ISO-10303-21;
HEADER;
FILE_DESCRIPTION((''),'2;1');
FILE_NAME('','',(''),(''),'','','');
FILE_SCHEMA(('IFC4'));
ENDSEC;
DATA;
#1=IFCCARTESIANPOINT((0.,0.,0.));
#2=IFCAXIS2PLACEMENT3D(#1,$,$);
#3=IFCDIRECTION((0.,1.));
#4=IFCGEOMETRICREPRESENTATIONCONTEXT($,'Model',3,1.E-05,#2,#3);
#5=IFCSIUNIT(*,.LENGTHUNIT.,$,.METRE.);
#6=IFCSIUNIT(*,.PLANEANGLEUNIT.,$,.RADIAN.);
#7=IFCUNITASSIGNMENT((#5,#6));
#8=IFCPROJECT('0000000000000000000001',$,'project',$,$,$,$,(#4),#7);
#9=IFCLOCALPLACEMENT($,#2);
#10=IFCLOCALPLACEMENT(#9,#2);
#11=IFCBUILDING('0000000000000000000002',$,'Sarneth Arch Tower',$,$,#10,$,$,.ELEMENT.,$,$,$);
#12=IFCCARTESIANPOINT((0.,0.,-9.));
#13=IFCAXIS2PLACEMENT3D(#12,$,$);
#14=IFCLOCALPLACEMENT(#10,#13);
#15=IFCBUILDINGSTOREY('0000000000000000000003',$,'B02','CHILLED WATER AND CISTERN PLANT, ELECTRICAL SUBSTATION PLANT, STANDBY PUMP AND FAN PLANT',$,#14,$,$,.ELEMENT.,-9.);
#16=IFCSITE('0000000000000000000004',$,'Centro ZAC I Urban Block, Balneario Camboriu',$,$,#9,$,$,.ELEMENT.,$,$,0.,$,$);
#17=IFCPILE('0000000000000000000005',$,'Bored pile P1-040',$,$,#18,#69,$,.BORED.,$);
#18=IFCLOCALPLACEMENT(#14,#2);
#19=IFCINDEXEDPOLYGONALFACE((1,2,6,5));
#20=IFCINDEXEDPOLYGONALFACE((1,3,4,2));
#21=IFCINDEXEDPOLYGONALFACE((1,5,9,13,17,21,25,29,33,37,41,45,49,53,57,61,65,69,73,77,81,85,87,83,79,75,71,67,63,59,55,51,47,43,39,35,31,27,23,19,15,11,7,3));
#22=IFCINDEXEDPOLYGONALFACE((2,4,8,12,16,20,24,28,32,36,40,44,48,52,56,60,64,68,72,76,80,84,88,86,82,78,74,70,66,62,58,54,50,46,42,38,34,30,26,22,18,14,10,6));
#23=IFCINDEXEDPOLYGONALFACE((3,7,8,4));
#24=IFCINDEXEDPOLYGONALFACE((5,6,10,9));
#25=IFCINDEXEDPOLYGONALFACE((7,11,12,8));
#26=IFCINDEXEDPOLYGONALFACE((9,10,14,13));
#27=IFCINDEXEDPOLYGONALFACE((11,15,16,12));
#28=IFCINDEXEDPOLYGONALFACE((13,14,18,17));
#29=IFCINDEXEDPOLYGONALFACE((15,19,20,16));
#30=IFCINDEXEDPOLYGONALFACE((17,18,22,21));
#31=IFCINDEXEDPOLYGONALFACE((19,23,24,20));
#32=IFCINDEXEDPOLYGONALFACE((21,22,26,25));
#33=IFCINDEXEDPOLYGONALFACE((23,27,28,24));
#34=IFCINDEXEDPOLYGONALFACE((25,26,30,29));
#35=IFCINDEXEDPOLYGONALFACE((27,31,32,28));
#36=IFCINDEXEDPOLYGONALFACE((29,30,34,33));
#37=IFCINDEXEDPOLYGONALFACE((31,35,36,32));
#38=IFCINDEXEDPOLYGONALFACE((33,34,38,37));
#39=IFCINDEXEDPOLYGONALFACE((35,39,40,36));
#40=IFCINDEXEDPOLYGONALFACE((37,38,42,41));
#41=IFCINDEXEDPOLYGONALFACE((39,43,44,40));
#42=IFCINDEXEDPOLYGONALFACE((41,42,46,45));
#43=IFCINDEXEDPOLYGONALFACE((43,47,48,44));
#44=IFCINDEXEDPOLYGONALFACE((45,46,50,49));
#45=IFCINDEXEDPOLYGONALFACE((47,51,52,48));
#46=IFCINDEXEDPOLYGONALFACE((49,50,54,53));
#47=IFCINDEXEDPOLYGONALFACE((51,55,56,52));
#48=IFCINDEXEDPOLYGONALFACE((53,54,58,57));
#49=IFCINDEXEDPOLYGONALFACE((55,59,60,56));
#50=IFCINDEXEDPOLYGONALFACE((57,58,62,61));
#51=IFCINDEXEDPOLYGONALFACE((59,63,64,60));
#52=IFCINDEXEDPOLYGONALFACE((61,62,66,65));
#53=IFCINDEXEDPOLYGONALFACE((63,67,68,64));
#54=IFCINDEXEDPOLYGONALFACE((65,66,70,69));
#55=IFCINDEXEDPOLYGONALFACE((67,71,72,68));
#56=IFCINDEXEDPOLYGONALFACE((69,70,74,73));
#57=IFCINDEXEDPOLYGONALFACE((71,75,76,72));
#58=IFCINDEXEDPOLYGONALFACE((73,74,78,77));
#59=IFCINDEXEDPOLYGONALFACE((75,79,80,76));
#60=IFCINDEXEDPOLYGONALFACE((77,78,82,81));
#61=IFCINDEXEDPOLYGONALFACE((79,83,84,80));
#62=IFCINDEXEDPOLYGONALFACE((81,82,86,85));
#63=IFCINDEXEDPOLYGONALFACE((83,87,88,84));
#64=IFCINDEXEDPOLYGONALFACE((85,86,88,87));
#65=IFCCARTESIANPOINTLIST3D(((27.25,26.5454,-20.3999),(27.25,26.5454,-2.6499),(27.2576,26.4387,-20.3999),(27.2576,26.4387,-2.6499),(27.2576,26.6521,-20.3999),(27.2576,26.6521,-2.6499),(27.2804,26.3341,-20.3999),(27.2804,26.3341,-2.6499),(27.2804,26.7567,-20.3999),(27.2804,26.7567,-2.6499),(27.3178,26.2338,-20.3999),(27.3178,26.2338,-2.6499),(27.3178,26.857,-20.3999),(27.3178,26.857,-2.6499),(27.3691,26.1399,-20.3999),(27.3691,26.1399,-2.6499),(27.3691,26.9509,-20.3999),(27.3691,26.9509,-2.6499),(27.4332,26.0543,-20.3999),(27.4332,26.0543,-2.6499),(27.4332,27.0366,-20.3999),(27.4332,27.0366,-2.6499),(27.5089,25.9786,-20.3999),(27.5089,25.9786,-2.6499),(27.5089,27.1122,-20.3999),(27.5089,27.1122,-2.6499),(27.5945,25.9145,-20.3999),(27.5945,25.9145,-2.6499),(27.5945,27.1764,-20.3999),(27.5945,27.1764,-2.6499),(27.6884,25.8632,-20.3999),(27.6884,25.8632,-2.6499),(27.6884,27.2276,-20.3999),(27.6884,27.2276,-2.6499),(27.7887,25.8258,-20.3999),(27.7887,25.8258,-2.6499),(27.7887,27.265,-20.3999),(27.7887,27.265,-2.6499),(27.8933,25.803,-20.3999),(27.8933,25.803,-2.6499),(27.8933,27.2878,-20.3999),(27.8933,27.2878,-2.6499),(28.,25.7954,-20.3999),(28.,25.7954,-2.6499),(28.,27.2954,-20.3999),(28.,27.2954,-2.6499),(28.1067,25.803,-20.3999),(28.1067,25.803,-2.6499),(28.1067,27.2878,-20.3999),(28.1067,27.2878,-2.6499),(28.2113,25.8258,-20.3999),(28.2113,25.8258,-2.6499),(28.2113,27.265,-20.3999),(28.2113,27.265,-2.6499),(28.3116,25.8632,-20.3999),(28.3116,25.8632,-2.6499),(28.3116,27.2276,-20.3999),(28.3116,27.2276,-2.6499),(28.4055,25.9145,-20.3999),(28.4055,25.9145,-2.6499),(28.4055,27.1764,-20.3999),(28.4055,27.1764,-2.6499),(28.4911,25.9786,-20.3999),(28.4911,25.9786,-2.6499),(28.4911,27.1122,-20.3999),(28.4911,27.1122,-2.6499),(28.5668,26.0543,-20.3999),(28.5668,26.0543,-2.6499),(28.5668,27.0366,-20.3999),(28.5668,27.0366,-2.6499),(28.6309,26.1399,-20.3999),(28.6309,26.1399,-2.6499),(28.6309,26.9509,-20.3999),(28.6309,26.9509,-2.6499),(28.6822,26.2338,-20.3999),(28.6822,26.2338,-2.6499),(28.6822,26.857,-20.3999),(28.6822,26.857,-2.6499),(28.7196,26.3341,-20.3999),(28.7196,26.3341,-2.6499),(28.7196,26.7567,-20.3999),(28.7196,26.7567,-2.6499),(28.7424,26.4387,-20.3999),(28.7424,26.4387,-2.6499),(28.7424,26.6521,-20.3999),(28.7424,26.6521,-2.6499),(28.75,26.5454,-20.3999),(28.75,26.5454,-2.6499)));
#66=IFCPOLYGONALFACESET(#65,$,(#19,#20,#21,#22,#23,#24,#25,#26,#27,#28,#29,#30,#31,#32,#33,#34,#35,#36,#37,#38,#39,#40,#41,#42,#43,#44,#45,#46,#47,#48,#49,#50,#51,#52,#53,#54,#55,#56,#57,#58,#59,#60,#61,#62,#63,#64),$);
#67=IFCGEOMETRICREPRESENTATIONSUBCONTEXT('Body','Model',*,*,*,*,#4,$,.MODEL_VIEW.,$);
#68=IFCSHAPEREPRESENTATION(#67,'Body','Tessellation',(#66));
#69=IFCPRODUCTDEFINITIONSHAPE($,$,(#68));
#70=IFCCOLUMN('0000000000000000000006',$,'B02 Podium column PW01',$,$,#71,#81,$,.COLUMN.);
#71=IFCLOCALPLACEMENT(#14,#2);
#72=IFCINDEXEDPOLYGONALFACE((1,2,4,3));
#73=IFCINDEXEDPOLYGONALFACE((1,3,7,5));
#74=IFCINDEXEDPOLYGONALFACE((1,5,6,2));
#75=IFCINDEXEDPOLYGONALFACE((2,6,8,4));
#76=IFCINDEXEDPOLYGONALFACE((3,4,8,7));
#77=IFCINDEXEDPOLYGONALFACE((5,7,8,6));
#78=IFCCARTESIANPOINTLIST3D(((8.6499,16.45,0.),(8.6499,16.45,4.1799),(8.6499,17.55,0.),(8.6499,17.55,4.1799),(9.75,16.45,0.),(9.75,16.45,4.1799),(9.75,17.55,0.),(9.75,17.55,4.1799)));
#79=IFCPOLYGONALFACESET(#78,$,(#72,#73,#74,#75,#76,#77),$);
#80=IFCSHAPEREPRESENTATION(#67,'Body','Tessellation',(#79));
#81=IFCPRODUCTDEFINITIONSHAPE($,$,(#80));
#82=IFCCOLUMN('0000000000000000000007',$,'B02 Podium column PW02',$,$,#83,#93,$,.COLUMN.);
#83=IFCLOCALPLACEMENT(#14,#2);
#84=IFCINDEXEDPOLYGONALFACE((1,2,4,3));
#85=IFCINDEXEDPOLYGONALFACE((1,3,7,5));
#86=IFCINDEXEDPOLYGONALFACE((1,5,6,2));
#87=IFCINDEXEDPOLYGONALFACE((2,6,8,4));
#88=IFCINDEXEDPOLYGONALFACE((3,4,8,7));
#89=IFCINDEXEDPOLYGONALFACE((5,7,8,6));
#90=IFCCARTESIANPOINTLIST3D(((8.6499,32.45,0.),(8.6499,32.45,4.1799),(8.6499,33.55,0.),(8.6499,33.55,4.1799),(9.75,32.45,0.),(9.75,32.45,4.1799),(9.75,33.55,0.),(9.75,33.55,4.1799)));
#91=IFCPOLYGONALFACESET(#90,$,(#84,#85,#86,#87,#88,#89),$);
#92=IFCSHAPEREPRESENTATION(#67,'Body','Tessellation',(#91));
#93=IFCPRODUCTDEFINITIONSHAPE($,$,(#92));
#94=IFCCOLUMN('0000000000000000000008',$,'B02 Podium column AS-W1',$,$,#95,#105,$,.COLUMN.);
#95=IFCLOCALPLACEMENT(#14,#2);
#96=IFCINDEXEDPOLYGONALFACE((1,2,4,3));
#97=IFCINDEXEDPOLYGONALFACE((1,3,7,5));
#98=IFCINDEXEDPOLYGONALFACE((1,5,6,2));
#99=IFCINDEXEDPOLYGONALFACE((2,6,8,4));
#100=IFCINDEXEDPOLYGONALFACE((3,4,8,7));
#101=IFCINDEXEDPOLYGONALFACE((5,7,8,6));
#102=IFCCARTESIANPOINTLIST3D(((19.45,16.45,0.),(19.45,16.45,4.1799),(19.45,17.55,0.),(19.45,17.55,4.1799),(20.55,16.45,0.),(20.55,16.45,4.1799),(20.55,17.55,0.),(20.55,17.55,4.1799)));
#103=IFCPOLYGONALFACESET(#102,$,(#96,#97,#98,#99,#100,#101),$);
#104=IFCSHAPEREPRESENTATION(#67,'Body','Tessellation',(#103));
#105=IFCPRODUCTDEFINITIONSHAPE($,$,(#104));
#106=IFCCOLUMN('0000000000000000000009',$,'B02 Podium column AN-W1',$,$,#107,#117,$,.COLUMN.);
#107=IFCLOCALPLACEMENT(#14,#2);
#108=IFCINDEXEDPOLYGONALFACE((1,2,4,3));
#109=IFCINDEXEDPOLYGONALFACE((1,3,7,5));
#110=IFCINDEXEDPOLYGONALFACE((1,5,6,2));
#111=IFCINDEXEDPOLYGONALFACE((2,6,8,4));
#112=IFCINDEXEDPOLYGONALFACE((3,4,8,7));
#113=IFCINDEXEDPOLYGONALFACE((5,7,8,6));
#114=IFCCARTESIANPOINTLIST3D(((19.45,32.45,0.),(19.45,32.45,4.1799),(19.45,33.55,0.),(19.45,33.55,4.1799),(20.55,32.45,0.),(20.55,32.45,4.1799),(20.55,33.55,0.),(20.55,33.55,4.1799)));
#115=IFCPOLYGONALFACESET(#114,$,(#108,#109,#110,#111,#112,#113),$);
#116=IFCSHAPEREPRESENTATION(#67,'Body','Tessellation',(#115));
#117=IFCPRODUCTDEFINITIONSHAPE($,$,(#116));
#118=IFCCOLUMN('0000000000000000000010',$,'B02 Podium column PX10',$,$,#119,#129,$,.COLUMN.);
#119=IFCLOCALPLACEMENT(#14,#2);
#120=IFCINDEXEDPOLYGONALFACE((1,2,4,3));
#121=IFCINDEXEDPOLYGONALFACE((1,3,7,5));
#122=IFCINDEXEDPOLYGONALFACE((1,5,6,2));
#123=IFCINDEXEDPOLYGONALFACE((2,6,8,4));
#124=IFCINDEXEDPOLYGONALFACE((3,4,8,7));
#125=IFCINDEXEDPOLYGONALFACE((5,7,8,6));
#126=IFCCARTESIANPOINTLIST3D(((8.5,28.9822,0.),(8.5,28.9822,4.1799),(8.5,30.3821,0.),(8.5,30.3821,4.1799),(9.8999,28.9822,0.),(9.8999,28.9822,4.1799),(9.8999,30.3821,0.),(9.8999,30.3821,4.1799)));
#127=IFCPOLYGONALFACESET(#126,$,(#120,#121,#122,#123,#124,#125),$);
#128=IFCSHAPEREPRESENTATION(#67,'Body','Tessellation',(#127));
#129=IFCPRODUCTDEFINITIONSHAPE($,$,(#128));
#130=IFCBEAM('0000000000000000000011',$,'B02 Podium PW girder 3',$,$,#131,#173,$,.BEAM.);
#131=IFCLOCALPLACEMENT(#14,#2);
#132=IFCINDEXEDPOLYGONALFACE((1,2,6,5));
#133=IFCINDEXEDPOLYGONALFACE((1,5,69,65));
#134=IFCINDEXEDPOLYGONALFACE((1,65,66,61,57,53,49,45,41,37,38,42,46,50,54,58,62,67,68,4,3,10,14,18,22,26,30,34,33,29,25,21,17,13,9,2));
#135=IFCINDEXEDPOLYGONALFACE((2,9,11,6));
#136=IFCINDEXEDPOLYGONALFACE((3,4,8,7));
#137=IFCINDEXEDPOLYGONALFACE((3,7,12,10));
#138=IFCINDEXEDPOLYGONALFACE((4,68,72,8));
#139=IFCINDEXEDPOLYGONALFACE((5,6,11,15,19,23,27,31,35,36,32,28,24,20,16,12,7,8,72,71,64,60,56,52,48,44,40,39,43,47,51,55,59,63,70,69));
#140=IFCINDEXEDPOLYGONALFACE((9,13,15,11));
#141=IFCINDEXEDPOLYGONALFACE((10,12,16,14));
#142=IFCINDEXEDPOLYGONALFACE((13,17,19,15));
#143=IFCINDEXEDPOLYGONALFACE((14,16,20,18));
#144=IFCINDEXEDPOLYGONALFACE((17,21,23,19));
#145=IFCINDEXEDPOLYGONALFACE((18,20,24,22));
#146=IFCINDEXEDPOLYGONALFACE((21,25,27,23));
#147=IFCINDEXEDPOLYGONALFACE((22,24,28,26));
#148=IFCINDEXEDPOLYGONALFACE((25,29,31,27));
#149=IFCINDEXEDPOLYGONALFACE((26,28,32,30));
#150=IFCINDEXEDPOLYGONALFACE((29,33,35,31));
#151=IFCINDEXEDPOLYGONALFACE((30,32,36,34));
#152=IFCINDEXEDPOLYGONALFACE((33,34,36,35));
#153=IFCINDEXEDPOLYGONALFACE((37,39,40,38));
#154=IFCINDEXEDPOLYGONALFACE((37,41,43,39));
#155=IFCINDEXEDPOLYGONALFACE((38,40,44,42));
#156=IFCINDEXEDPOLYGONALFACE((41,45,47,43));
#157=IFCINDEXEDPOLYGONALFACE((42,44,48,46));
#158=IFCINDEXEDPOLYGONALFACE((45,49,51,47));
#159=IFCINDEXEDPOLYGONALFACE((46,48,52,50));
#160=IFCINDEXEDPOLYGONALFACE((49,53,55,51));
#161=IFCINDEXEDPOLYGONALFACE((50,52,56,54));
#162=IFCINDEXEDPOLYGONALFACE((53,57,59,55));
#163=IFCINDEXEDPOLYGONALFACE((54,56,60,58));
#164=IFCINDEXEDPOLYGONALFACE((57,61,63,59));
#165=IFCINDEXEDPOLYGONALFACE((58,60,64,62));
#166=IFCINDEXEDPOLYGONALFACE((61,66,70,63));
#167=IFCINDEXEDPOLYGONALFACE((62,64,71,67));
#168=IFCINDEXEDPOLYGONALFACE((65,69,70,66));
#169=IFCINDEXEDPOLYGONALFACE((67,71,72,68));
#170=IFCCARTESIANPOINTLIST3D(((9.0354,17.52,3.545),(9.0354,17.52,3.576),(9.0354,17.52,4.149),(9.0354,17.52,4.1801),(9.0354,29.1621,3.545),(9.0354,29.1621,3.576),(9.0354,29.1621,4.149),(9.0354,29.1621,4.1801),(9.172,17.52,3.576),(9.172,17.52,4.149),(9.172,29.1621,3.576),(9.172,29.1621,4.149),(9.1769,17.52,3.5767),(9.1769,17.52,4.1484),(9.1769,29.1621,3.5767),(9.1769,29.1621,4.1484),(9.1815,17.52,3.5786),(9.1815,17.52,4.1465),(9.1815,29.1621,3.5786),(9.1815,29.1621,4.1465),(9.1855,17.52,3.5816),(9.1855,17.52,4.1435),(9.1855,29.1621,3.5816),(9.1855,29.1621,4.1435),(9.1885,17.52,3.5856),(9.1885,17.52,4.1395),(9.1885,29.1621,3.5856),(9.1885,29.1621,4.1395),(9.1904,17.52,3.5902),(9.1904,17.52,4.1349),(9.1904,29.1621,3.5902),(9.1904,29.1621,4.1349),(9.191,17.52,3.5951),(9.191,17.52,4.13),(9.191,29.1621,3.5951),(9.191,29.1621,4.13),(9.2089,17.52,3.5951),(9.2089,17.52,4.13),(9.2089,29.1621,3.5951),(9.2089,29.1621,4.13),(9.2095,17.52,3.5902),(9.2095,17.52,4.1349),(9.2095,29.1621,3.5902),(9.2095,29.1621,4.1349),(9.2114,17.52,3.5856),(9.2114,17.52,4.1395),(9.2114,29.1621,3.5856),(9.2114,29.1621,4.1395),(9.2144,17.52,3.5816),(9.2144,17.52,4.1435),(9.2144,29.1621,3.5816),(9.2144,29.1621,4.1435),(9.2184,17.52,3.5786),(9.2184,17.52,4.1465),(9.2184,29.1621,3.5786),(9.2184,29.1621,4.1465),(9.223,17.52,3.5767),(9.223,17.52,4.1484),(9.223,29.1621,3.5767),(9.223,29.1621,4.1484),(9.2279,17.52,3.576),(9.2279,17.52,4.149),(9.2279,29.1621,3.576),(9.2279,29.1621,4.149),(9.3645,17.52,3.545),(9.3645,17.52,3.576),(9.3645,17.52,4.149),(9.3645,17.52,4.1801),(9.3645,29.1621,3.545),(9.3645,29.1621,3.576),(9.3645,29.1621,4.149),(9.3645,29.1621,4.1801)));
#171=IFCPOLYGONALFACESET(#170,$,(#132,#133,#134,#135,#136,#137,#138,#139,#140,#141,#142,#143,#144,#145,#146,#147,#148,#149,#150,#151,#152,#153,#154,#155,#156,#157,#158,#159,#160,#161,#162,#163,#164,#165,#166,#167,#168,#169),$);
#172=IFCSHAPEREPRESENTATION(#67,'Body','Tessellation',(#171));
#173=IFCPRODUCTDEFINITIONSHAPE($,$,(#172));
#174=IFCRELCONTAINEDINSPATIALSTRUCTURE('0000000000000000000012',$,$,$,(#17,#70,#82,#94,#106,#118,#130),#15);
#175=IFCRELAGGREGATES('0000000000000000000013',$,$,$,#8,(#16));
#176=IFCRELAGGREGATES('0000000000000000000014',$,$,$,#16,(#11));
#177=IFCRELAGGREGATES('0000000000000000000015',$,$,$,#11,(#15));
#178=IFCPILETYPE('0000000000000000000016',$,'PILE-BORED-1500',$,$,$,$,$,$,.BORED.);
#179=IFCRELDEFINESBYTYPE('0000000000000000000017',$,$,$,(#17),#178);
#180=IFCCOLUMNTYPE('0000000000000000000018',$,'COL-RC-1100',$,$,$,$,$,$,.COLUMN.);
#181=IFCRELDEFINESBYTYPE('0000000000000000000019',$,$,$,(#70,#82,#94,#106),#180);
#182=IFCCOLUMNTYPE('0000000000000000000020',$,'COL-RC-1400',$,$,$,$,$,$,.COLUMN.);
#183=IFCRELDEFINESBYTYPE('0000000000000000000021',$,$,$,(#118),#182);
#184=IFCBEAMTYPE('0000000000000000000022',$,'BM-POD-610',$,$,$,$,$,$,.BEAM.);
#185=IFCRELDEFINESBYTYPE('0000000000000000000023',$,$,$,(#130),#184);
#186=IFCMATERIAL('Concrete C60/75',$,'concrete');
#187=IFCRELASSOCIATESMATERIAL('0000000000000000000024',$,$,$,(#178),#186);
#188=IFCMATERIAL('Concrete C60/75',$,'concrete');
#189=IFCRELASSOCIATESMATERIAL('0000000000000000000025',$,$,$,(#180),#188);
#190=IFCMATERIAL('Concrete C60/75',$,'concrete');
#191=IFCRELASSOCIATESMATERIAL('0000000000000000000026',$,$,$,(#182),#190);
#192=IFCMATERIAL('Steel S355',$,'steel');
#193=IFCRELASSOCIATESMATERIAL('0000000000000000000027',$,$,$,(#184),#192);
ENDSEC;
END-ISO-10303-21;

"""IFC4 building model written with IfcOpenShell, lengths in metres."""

from ifc_helpers import new_model, si_unit, direction, frame, origin, origin_2d, place, context, subcontext, project, spatial, rectangle, circle, i_section, extrude, material, material_profile, profile_set, type_object, element, save


model = new_model("IFC4")

# Units and contexts
model_context = context("Model", 3, precision=1e-05, world=origin(), true_north=direction((0.0, 1.0)))
body_context = subcontext(model_context, "Body", "Model", "MODEL_VIEW")
ifc_project = project(units=[si_unit("LENGTHUNIT", "METRE"), si_unit("PLANEANGLEUNIT", "RADIAN")], contexts=[model_context])

# Site, building, storey
site_placement = place(None, origin())
site = spatial("IfcSite", under=ifc_project, at=site_placement, Name="Centro ZAC I Urban Block, Balneario Camboriu", CompositionType="ELEMENT", RefElevation=0.0)
building_placement = place(site_placement, origin())
building = spatial("IfcBuilding", under=site, at=building_placement, Name="Sarneth Arch Tower", CompositionType="ELEMENT")
storey_placement = place(building_placement, frame((0.0, 0.0, -9.0)))
storey = spatial("IfcBuildingStorey", under=building, at=storey_placement, Name="B02", Description="CHILLED WATER AND CISTERN PLANT, ELECTRICAL SUBSTATION PLANT, STANDBY PUMP AND FAN PLANT", CompositionType="ELEMENT", Elevation=-9.0)

# Pile
ifc_material_1 = material(Name="Concrete C60/75", Category="concrete")
ifc_material_profile_1 = material_profile(ifc_material_1, circle(Radius=0.75, at=origin_2d()), Name="PILE-D1500")
ifc_profile_set_1 = profile_set([ifc_material_profile_1], Name="Concrete C60/75")
pile_type_1 = type_object("IfcPileType", Name="PILE-BORED-1500", PredefinedType="BORED", material=ifc_profile_set_1)
for number, where, z_axis, x_axis, name in (
    (1, (28.0, 26.5454, -2.6499), (0.0, 0.0, -1.0), (1.0, 0.0, 0.0), "Bored pile P1-040"),
):
    element("IfcPile", number, at=place(storey_placement, frame(where, z_axis=z_axis, x_axis=x_axis)), inside=storey, type_object=pile_type_1, Name=name, PredefinedType="BORED", context=body_context, shape_type="SweptSolid", body=[
        extrude(circle(Radius=0.75, at=origin_2d()), origin(), (0.0, 0.0, 1.0), 17.75),
    ])

# Columns
ifc_material_2 = material(Name="Concrete C60/75", Category="concrete")
ifc_material_profile_2 = material_profile(ifc_material_2, rectangle(XDim=1.1001, YDim=1.1001, at=origin_2d()), Name="RC-1100x1100")
ifc_profile_set_2 = profile_set([ifc_material_profile_2], Name="Concrete C60/75")
column_type_1 = type_object("IfcColumnType", Name="COL-RC-1100", PredefinedType="COLUMN", material=ifc_profile_set_2)
for number, where, z_axis, x_axis, name in (
    (2, (9.2, 17.0, 0.0), (0.0, 0.0, 1.0), (1.0, 0.0, 0.0), "B02 Podium column PW01"),
    (3, (9.2, 33.0, 0.0), (0.0, 0.0, 1.0), (1.0, 0.0, 0.0), "B02 Podium column PW02"),
    (4, (20.0, 17.0, 0.0), (0.0, 0.0, 1.0), (1.0, 0.0, 0.0), "B02 Podium column AS-W1"),
    (5, (20.0, 33.0, 0.0), (0.0, 0.0, 1.0), (1.0, 0.0, 0.0), "B02 Podium column AN-W1"),
):
    element("IfcColumn", number, at=place(storey_placement, frame(where, z_axis=z_axis, x_axis=x_axis)), inside=storey, type_object=column_type_1, Name=name, PredefinedType="COLUMN", context=body_context, shape_type="SweptSolid", body=[
        extrude(rectangle(XDim=1.1001, YDim=1.1001, at=origin_2d()), origin(), (0.0, 0.0, 1.0), 4.1799),
    ])
ifc_material_3 = material(Name="Concrete C60/75", Category="concrete")
ifc_material_profile_3 = material_profile(ifc_material_3, rectangle(XDim=1.3999, YDim=1.3999, at=origin_2d()), Name="RC-1400x1400")
ifc_profile_set_3 = profile_set([ifc_material_profile_3], Name="Concrete C60/75")
column_type_2 = type_object("IfcColumnType", Name="COL-RC-1400", PredefinedType="COLUMN", material=ifc_profile_set_3)
column_placement = place(storey_placement, frame((9.2, 29.6821, 0.0), z_axis=(0.0, 0.0, 1.0), x_axis=(1.0, 0.0, 0.0)))
element("IfcColumn", 6, at=column_placement, inside=storey, type_object=column_type_2, Name="B02 Podium column PX10", PredefinedType="COLUMN", context=body_context, shape_type="SweptSolid", body=[
    extrude(rectangle(XDim=1.3999, YDim=1.3999, at=origin_2d()), origin(), (0.0, 0.0, 1.0), 4.1799),
])

# Beam
ifc_material_4 = material(Name="Steel S355", Category="steel")
ifc_material_profile_4 = material_profile(ifc_material_4, i_section(OverallWidth=0.3291, OverallDepth=0.635, WebThickness=0.0178, FlangeThickness=0.031, FilletRadius=0.019, at=origin_2d()), Name="W610x241")
ifc_profile_set_4 = profile_set([ifc_material_profile_4], Name="Steel S355")
beam_type = type_object("IfcBeamType", Name="BM-POD-610", PredefinedType="BEAM", material=ifc_profile_set_4)
beam_1_placement = place(storey_placement, frame((9.2, 17.52, 3.8625), z_axis=(0.0, 1.0, 0.0), x_axis=(-1.0, 0.0, 0.0)))
element("IfcBeam", 7, at=beam_1_placement, inside=storey, type_object=beam_type, Name="B02 Podium PW girder 3", PredefinedType="BEAM", context=body_context, shape_type="SweptSolid", body=[
    extrude(i_section(OverallWidth=0.3291, OverallDepth=0.635, WebThickness=0.0178, FlangeThickness=0.031, FilletRadius=0.019, at=origin_2d()), origin(), (0.0, 0.0, 1.0), 11.6421),
])

save(model, "model.ifc")
